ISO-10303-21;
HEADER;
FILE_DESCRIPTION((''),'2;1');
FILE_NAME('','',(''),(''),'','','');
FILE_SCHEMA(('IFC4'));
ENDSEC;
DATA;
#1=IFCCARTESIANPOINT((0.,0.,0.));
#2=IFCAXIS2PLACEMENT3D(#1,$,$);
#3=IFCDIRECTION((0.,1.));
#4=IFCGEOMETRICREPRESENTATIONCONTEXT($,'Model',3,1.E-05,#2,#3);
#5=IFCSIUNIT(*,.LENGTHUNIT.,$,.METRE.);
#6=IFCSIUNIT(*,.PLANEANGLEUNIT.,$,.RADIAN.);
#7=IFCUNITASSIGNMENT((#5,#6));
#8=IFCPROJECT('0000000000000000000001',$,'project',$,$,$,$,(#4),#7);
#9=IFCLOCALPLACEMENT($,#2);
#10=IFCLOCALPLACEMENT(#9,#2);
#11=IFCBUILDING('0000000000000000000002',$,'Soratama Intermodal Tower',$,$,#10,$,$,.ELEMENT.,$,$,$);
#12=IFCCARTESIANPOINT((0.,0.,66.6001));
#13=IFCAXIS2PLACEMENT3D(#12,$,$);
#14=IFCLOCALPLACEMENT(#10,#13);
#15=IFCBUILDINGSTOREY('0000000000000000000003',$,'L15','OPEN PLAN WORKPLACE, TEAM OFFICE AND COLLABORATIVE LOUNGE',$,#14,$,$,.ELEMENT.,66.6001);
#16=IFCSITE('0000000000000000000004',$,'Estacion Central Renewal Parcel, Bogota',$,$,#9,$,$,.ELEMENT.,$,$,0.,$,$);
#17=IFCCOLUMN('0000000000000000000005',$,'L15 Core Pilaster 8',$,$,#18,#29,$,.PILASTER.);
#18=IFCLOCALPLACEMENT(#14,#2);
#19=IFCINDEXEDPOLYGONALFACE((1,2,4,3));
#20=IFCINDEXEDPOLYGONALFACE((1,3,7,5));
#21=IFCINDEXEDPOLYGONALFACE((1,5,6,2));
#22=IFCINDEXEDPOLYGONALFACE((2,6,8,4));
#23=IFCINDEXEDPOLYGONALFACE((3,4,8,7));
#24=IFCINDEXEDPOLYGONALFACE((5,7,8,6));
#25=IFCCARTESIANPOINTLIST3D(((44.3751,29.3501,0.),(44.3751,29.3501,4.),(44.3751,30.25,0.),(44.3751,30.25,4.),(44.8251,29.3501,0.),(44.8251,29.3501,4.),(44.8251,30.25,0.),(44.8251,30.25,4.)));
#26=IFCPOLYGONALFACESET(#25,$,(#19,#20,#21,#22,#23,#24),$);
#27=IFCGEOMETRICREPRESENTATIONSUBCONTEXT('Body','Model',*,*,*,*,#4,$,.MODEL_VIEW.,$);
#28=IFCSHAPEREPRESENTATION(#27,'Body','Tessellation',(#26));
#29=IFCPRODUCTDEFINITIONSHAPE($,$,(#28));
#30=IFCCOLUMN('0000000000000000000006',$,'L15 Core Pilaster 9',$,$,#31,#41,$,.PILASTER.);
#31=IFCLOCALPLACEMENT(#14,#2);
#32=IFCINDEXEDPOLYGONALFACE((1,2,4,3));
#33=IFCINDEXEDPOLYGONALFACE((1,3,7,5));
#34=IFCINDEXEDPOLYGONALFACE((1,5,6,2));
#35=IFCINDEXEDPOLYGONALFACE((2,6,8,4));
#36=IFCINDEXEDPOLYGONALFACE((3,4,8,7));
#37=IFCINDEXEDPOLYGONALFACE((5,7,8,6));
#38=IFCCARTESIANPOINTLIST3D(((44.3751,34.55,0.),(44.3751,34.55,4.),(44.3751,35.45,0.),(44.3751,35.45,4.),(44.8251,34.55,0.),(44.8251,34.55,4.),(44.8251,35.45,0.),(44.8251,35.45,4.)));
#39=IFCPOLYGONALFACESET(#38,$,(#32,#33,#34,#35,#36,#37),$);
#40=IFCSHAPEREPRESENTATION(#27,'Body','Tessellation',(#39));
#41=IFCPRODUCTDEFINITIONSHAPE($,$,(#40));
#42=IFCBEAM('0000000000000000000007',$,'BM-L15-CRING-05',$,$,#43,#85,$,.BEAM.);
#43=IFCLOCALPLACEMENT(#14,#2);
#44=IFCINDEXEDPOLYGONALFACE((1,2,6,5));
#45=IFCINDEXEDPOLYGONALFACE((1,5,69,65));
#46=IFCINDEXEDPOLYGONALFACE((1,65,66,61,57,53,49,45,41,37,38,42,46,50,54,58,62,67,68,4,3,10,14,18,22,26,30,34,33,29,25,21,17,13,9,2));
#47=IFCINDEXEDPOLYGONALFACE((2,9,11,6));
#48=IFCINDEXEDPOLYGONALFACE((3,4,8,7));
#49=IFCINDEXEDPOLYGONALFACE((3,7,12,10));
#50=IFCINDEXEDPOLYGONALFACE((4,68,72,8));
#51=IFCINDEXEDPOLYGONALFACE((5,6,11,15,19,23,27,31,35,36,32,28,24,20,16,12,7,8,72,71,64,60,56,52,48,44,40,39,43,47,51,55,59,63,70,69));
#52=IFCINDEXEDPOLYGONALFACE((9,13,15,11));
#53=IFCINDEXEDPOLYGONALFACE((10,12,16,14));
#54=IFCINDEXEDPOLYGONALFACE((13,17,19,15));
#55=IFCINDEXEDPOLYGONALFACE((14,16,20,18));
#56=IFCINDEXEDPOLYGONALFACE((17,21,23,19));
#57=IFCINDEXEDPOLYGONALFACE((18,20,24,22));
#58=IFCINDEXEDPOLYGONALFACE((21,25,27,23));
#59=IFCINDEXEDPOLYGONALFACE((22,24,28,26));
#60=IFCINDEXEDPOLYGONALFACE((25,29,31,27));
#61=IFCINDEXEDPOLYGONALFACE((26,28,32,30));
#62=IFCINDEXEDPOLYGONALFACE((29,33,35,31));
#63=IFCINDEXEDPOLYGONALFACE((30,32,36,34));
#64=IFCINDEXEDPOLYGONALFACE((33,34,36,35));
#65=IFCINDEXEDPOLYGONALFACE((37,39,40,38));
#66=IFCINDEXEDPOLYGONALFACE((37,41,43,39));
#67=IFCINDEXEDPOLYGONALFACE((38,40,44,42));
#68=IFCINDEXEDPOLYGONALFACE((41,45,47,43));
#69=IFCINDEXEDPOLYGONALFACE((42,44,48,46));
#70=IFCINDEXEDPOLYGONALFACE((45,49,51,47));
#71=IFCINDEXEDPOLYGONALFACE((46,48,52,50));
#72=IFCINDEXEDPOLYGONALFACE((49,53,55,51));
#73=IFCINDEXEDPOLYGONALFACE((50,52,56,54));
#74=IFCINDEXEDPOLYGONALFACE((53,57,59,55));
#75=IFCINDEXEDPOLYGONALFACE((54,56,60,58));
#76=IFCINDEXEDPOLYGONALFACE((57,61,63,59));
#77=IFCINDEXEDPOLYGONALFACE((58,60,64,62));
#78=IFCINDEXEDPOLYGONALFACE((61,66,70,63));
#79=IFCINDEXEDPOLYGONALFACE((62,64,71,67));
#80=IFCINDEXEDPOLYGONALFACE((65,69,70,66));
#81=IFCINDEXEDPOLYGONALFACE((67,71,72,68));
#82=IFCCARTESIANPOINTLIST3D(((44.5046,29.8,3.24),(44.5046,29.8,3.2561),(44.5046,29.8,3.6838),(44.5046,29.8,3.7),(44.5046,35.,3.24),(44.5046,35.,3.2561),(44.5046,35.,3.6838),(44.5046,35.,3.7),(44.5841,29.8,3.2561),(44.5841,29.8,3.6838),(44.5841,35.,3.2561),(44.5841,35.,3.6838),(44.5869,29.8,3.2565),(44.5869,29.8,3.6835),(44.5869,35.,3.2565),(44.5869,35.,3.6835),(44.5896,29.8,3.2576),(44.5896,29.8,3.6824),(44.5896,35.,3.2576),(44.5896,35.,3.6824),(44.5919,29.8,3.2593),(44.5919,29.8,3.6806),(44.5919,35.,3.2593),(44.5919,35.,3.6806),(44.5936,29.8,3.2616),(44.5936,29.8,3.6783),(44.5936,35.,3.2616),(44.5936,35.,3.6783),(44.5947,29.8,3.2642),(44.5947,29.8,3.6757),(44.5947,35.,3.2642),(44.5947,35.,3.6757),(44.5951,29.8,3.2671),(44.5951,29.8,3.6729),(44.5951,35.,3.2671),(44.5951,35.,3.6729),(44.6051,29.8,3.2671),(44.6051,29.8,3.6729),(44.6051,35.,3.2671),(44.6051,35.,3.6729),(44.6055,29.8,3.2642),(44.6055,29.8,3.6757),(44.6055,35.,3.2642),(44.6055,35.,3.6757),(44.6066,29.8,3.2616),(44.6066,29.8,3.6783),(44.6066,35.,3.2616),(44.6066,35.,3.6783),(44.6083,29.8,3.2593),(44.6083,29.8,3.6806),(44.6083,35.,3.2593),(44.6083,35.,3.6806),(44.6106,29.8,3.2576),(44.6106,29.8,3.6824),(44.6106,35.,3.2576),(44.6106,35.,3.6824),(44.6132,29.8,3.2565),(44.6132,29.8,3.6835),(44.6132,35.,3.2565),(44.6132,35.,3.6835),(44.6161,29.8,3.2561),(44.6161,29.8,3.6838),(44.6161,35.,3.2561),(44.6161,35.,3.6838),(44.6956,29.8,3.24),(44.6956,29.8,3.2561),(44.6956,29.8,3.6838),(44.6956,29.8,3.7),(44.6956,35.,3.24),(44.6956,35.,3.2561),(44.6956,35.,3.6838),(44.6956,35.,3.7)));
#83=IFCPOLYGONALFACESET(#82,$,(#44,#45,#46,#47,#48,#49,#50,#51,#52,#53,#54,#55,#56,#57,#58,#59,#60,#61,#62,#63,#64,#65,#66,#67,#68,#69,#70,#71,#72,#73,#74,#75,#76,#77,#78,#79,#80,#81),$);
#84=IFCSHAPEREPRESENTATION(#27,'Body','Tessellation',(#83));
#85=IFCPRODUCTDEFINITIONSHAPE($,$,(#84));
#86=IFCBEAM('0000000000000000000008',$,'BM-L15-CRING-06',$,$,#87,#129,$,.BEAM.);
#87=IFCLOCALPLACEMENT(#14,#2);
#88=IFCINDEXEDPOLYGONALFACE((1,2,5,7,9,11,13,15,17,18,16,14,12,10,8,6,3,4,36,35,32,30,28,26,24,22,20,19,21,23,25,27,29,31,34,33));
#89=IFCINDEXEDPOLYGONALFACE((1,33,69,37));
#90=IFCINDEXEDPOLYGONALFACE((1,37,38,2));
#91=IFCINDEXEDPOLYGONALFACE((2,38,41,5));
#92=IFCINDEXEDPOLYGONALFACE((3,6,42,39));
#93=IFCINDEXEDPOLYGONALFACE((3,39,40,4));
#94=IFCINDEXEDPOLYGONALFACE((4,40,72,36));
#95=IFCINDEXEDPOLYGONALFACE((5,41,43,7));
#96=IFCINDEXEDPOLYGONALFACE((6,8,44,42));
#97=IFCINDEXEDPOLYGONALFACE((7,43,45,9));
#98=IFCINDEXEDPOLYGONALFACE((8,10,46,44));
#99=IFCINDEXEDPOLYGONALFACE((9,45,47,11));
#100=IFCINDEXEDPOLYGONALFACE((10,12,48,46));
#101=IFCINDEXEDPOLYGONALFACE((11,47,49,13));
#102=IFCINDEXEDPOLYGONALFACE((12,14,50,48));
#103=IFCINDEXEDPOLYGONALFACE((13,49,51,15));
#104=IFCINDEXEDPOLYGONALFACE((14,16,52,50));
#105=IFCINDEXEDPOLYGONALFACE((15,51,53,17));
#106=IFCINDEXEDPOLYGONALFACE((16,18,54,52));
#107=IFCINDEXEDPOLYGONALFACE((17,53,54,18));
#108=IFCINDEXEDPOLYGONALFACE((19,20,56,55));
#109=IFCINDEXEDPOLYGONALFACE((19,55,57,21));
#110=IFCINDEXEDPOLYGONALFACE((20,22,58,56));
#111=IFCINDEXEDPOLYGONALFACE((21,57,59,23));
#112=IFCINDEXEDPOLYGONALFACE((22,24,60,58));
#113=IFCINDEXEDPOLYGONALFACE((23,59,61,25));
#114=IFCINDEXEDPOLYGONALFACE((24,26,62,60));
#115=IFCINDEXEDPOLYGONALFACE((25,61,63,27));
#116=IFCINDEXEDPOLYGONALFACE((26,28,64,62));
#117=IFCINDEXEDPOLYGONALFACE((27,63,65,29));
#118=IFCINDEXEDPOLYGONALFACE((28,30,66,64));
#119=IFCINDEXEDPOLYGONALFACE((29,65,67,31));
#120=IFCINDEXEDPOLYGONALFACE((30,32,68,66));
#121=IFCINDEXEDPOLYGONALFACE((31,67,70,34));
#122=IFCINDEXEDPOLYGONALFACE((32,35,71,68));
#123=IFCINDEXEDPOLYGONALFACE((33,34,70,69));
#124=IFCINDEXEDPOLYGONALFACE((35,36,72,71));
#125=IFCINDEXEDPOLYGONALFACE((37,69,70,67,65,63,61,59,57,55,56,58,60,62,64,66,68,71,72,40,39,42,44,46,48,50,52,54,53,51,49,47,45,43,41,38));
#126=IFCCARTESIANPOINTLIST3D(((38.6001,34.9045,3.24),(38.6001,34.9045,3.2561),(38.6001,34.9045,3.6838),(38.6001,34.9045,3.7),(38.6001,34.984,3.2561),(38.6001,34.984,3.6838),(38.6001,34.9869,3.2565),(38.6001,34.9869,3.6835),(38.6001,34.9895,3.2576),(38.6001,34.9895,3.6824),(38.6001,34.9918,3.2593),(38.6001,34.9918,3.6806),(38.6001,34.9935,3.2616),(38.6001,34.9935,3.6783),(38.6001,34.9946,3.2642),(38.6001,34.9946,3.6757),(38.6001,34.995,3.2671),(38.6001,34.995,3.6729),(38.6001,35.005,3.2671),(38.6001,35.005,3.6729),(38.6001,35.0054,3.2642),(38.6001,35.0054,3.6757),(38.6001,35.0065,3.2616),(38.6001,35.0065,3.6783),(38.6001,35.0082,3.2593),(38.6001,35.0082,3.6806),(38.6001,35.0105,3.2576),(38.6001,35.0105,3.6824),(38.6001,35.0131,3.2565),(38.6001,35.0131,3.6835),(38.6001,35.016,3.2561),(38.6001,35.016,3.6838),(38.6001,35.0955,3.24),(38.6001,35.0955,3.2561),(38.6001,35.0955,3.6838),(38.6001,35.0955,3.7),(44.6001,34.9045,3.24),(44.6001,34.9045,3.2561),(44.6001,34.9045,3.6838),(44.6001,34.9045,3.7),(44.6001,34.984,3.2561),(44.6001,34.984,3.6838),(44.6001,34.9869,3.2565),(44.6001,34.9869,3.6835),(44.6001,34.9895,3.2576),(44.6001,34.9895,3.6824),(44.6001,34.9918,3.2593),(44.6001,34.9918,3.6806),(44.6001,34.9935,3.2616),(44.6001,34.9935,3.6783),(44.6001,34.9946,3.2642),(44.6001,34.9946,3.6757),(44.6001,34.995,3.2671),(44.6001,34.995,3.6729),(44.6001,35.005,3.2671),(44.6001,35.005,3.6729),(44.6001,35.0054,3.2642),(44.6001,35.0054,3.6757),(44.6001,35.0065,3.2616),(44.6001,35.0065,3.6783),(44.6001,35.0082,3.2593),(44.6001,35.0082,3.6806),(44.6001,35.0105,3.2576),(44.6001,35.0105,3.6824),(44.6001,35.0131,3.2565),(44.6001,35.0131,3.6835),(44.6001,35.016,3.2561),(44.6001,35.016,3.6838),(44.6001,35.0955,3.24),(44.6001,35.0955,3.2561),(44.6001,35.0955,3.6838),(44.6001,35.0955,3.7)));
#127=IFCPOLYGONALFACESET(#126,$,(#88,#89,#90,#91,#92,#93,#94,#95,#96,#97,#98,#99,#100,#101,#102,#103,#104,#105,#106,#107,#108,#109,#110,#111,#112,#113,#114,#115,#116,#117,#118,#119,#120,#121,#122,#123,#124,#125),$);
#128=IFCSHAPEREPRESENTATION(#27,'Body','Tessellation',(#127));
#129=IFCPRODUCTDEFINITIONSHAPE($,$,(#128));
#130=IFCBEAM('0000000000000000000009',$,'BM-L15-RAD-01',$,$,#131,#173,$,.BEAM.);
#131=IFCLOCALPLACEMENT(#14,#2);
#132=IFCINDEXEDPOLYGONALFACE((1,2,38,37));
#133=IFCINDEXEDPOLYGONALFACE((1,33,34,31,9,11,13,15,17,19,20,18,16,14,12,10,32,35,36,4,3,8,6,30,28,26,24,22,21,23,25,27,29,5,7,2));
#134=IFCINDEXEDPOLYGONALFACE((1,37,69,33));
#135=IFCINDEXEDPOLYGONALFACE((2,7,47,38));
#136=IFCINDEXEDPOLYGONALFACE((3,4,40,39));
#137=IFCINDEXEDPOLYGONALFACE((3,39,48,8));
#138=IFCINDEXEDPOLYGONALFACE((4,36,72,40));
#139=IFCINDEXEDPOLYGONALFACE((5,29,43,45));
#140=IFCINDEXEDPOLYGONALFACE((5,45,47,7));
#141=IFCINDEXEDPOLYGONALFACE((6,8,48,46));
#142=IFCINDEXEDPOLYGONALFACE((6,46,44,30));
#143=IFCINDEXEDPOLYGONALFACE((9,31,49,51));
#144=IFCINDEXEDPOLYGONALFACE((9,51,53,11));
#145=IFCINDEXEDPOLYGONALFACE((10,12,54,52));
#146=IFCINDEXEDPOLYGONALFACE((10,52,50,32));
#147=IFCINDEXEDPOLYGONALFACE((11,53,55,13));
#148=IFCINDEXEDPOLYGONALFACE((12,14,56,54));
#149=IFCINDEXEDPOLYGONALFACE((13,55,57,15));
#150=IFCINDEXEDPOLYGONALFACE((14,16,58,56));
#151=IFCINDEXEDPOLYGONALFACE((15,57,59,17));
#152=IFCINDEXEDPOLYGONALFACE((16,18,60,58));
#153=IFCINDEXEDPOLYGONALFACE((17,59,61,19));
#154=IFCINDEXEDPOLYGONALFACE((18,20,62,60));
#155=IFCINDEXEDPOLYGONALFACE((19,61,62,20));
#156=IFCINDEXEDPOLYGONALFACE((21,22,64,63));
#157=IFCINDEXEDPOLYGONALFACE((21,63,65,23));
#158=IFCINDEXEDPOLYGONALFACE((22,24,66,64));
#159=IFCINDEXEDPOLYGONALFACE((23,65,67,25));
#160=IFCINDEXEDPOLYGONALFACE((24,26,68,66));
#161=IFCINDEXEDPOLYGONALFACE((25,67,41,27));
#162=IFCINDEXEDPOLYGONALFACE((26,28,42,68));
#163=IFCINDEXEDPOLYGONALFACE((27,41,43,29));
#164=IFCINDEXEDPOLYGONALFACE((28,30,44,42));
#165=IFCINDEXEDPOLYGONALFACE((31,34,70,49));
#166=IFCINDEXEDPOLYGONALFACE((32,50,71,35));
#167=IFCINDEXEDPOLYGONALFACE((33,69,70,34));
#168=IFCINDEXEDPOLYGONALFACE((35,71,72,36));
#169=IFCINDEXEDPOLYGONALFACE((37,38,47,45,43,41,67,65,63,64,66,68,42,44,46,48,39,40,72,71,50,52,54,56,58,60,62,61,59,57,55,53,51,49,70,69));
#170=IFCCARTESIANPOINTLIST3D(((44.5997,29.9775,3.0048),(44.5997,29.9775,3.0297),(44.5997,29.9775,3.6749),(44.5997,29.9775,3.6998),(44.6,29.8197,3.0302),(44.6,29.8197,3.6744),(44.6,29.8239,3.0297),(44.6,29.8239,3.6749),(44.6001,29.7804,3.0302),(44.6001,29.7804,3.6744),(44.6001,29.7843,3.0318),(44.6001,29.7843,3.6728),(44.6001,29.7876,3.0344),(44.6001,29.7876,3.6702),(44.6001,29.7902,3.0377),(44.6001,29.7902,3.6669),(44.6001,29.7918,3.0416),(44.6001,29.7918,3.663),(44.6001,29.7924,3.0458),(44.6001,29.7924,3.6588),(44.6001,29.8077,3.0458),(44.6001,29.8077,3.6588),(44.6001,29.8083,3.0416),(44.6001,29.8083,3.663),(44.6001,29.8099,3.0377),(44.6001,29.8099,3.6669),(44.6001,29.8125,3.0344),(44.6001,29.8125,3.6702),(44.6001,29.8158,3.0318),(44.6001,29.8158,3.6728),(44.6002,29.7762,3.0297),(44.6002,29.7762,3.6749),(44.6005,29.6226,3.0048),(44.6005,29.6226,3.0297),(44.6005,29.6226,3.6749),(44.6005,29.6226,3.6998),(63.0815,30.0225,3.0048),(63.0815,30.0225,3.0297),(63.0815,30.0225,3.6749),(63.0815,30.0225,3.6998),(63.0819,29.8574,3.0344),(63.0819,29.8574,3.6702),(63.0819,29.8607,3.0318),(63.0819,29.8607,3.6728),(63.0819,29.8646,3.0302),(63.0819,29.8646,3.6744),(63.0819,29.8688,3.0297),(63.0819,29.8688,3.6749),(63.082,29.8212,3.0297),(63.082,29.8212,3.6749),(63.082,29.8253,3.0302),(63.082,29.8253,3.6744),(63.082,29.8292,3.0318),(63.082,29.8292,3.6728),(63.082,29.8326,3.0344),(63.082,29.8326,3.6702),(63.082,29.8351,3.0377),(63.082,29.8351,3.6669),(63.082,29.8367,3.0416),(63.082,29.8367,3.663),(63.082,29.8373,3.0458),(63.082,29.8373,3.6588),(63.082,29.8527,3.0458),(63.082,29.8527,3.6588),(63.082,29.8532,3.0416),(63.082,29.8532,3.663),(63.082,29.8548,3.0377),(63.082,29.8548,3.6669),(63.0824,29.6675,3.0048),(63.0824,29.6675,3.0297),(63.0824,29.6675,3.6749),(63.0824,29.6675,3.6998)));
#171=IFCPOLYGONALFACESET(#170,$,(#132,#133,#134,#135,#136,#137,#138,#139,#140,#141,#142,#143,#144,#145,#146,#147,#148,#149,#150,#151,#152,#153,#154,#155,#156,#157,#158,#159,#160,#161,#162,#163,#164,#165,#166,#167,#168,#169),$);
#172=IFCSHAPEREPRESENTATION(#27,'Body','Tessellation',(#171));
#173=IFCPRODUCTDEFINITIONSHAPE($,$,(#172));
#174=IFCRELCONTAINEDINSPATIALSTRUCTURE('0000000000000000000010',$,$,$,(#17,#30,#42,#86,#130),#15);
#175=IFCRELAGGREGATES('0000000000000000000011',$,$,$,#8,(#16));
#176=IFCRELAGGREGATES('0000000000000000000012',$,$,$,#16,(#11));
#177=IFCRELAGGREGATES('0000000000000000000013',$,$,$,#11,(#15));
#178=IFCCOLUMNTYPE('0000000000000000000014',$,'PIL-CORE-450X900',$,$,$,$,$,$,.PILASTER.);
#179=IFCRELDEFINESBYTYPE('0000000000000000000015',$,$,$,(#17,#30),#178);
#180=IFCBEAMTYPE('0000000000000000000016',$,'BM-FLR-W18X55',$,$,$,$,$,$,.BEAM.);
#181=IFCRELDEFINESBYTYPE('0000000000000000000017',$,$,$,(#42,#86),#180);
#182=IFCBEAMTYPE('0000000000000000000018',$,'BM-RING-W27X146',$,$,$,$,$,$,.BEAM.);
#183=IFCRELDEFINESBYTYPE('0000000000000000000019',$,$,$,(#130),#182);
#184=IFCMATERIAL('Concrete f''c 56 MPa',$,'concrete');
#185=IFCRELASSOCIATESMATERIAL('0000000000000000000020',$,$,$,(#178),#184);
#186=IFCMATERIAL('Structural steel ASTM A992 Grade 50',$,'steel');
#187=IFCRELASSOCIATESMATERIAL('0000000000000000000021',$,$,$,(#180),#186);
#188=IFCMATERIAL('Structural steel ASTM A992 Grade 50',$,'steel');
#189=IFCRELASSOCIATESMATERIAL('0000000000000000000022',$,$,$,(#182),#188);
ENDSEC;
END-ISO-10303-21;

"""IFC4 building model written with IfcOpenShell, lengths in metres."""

from ifc_helpers import new_model, si_unit, direction, frame, origin, origin_2d, place, context, subcontext, project, spatial, rectangle, i_section, extrude, material, material_profile, profile_set, type_object, element, save


model = new_model("IFC4")

# Units and contexts
model_context = context("Model", 3, precision=1e-05, world=origin(), true_north=direction((0.0, 1.0)))
body_context = subcontext(model_context, "Body", "Model", "MODEL_VIEW")
ifc_project = project(units=[si_unit("LENGTHUNIT", "METRE"), si_unit("PLANEANGLEUNIT", "RADIAN")], contexts=[model_context])

# Site, building, storey
site_placement = place(None, origin())
site = spatial("IfcSite", under=ifc_project, at=site_placement, Name="Estacion Central Renewal Parcel, Bogota", CompositionType="ELEMENT", RefElevation=0.0)
building_placement = place(site_placement, origin())
building = spatial("IfcBuilding", under=site, at=building_placement, Name="Soratama Intermodal Tower", CompositionType="ELEMENT")
storey_placement = place(building_placement, frame((0.0, 0.0, 66.6001)))
storey = spatial("IfcBuildingStorey", under=building, at=storey_placement, Name="L15", Description="OPEN PLAN WORKPLACE, TEAM OFFICE AND COLLABORATIVE LOUNGE", CompositionType="ELEMENT", Elevation=66.6001)

# Columns
ifc_material_1 = material(Name="Concrete f'c 56 MPa", Category="concrete")
ifc_material_profile_1 = material_profile(ifc_material_1, rectangle(XDim=0.45, YDim=0.8999, at=origin_2d()), Name="RC450X900")
ifc_profile_set_1 = profile_set([ifc_material_profile_1], Name="Concrete f'c 56 MPa")
column_type = type_object("IfcColumnType", Name="PIL-CORE-450X900", PredefinedType="PILASTER", material=ifc_profile_set_1)
for number, where, z_axis, x_axis, name in (
    (1, (44.6001, 29.8, 0.0), (0.0, 0.0, 1.0), (1.0, 0.0, 0.0), "L15 Core Pilaster 8"),
    (2, (44.6001, 35.0, 0.0), (0.0, 0.0, 1.0), (1.0, 0.0, 0.0), "L15 Core Pilaster 9"),
):
    element("IfcColumn", number, at=place(storey_placement, frame(where, z_axis=z_axis, x_axis=x_axis)), inside=storey, type_object=column_type, Name=name, PredefinedType="PILASTER", context=body_context, shape_type="SweptSolid", body=[
        extrude(rectangle(XDim=0.45, YDim=0.8999, at=origin_2d()), origin(), (0.0, 0.0, 1.0), 4.0),
    ])

# Beams
ifc_material_2 = material(Name="Structural steel ASTM A992 Grade 50", Category="steel")
ifc_material_profile_2 = material_profile(ifc_material_2, i_section(OverallWidth=0.1909, OverallDepth=0.46, WebThickness=0.01, FlangeThickness=0.0161, FilletRadius=0.011, at=origin_2d()), Name="W18X55")
ifc_profile_set_2 = profile_set([ifc_material_profile_2], Name="Structural steel ASTM A992 Grade 50")
beam_type_1 = type_object("IfcBeamType", Name="BM-FLR-W18X55", PredefinedType="BEAM", material=ifc_profile_set_2)
beam_1_placement = place(storey_placement, frame((44.6001, 29.8, 3.47), z_axis=(0.0, 1.0, 0.0), x_axis=(-1.0, 0.0, 0.0)))
element("IfcBeam", 3, at=beam_1_placement, inside=storey, type_object=beam_type_1, Name="BM-L15-CRING-05", PredefinedType="BEAM", context=body_context, shape_type="SweptSolid", body=[
    extrude(i_section(OverallWidth=0.1909, OverallDepth=0.46, WebThickness=0.01, FlangeThickness=0.0161, FilletRadius=0.011, at=origin_2d()), origin(), (0.0, 0.0, 1.0), 5.2),
])
beam_2_placement = place(storey_placement, frame((44.6001, 35.0, 3.47), z_axis=(-1.0, 0.0, 0.0), x_axis=(0.0, -1.0, 0.0)))
element("IfcBeam", 4, at=beam_2_placement, inside=storey, type_object=beam_type_1, Name="BM-L15-CRING-06", PredefinedType="BEAM", context=body_context, shape_type="SweptSolid", body=[
    extrude(i_section(OverallWidth=0.1909, OverallDepth=0.46, WebThickness=0.01, FlangeThickness=0.0161, FilletRadius=0.011, at=origin_2d()), origin(), (0.0, 0.0, 1.0), 6.0),
])
ifc_material_3 = material(Name="Structural steel ASTM A992 Grade 50", Category="steel")
ifc_material_profile_3 = material_profile(ifc_material_3, i_section(OverallWidth=0.355, OverallDepth=0.6951, WebThickness=0.0154, FlangeThickness=0.0249, FilletRadius=0.0161, at=origin_2d()), Name="W27X146")
ifc_profile_set_3 = profile_set([ifc_material_profile_3], Name="Structural steel ASTM A992 Grade 50")
beam_type_2 = type_object("IfcBeamType", Name="BM-RING-W27X146", PredefinedType="BEAM", material=ifc_profile_set_3)
beam_3_placement = place(storey_placement, frame((44.6001, 29.8, 3.3523), z_axis=(0.999997, 0.002431, 0.0), x_axis=(-0.002431, 0.999997, 0.0)))
element("IfcBeam", 5, at=beam_3_placement, inside=storey, type_object=beam_type_2, Name="BM-L15-RAD-01", PredefinedType="BEAM", context=body_context, shape_type="SweptSolid", body=[
    extrude(i_section(OverallWidth=0.355, OverallDepth=0.6951, WebThickness=0.0154, FlangeThickness=0.0249, FilletRadius=0.0161, at=origin_2d()), origin(), (0.0, 0.0, 1.0), 18.4819),
])

save(model, "model.ifc")
